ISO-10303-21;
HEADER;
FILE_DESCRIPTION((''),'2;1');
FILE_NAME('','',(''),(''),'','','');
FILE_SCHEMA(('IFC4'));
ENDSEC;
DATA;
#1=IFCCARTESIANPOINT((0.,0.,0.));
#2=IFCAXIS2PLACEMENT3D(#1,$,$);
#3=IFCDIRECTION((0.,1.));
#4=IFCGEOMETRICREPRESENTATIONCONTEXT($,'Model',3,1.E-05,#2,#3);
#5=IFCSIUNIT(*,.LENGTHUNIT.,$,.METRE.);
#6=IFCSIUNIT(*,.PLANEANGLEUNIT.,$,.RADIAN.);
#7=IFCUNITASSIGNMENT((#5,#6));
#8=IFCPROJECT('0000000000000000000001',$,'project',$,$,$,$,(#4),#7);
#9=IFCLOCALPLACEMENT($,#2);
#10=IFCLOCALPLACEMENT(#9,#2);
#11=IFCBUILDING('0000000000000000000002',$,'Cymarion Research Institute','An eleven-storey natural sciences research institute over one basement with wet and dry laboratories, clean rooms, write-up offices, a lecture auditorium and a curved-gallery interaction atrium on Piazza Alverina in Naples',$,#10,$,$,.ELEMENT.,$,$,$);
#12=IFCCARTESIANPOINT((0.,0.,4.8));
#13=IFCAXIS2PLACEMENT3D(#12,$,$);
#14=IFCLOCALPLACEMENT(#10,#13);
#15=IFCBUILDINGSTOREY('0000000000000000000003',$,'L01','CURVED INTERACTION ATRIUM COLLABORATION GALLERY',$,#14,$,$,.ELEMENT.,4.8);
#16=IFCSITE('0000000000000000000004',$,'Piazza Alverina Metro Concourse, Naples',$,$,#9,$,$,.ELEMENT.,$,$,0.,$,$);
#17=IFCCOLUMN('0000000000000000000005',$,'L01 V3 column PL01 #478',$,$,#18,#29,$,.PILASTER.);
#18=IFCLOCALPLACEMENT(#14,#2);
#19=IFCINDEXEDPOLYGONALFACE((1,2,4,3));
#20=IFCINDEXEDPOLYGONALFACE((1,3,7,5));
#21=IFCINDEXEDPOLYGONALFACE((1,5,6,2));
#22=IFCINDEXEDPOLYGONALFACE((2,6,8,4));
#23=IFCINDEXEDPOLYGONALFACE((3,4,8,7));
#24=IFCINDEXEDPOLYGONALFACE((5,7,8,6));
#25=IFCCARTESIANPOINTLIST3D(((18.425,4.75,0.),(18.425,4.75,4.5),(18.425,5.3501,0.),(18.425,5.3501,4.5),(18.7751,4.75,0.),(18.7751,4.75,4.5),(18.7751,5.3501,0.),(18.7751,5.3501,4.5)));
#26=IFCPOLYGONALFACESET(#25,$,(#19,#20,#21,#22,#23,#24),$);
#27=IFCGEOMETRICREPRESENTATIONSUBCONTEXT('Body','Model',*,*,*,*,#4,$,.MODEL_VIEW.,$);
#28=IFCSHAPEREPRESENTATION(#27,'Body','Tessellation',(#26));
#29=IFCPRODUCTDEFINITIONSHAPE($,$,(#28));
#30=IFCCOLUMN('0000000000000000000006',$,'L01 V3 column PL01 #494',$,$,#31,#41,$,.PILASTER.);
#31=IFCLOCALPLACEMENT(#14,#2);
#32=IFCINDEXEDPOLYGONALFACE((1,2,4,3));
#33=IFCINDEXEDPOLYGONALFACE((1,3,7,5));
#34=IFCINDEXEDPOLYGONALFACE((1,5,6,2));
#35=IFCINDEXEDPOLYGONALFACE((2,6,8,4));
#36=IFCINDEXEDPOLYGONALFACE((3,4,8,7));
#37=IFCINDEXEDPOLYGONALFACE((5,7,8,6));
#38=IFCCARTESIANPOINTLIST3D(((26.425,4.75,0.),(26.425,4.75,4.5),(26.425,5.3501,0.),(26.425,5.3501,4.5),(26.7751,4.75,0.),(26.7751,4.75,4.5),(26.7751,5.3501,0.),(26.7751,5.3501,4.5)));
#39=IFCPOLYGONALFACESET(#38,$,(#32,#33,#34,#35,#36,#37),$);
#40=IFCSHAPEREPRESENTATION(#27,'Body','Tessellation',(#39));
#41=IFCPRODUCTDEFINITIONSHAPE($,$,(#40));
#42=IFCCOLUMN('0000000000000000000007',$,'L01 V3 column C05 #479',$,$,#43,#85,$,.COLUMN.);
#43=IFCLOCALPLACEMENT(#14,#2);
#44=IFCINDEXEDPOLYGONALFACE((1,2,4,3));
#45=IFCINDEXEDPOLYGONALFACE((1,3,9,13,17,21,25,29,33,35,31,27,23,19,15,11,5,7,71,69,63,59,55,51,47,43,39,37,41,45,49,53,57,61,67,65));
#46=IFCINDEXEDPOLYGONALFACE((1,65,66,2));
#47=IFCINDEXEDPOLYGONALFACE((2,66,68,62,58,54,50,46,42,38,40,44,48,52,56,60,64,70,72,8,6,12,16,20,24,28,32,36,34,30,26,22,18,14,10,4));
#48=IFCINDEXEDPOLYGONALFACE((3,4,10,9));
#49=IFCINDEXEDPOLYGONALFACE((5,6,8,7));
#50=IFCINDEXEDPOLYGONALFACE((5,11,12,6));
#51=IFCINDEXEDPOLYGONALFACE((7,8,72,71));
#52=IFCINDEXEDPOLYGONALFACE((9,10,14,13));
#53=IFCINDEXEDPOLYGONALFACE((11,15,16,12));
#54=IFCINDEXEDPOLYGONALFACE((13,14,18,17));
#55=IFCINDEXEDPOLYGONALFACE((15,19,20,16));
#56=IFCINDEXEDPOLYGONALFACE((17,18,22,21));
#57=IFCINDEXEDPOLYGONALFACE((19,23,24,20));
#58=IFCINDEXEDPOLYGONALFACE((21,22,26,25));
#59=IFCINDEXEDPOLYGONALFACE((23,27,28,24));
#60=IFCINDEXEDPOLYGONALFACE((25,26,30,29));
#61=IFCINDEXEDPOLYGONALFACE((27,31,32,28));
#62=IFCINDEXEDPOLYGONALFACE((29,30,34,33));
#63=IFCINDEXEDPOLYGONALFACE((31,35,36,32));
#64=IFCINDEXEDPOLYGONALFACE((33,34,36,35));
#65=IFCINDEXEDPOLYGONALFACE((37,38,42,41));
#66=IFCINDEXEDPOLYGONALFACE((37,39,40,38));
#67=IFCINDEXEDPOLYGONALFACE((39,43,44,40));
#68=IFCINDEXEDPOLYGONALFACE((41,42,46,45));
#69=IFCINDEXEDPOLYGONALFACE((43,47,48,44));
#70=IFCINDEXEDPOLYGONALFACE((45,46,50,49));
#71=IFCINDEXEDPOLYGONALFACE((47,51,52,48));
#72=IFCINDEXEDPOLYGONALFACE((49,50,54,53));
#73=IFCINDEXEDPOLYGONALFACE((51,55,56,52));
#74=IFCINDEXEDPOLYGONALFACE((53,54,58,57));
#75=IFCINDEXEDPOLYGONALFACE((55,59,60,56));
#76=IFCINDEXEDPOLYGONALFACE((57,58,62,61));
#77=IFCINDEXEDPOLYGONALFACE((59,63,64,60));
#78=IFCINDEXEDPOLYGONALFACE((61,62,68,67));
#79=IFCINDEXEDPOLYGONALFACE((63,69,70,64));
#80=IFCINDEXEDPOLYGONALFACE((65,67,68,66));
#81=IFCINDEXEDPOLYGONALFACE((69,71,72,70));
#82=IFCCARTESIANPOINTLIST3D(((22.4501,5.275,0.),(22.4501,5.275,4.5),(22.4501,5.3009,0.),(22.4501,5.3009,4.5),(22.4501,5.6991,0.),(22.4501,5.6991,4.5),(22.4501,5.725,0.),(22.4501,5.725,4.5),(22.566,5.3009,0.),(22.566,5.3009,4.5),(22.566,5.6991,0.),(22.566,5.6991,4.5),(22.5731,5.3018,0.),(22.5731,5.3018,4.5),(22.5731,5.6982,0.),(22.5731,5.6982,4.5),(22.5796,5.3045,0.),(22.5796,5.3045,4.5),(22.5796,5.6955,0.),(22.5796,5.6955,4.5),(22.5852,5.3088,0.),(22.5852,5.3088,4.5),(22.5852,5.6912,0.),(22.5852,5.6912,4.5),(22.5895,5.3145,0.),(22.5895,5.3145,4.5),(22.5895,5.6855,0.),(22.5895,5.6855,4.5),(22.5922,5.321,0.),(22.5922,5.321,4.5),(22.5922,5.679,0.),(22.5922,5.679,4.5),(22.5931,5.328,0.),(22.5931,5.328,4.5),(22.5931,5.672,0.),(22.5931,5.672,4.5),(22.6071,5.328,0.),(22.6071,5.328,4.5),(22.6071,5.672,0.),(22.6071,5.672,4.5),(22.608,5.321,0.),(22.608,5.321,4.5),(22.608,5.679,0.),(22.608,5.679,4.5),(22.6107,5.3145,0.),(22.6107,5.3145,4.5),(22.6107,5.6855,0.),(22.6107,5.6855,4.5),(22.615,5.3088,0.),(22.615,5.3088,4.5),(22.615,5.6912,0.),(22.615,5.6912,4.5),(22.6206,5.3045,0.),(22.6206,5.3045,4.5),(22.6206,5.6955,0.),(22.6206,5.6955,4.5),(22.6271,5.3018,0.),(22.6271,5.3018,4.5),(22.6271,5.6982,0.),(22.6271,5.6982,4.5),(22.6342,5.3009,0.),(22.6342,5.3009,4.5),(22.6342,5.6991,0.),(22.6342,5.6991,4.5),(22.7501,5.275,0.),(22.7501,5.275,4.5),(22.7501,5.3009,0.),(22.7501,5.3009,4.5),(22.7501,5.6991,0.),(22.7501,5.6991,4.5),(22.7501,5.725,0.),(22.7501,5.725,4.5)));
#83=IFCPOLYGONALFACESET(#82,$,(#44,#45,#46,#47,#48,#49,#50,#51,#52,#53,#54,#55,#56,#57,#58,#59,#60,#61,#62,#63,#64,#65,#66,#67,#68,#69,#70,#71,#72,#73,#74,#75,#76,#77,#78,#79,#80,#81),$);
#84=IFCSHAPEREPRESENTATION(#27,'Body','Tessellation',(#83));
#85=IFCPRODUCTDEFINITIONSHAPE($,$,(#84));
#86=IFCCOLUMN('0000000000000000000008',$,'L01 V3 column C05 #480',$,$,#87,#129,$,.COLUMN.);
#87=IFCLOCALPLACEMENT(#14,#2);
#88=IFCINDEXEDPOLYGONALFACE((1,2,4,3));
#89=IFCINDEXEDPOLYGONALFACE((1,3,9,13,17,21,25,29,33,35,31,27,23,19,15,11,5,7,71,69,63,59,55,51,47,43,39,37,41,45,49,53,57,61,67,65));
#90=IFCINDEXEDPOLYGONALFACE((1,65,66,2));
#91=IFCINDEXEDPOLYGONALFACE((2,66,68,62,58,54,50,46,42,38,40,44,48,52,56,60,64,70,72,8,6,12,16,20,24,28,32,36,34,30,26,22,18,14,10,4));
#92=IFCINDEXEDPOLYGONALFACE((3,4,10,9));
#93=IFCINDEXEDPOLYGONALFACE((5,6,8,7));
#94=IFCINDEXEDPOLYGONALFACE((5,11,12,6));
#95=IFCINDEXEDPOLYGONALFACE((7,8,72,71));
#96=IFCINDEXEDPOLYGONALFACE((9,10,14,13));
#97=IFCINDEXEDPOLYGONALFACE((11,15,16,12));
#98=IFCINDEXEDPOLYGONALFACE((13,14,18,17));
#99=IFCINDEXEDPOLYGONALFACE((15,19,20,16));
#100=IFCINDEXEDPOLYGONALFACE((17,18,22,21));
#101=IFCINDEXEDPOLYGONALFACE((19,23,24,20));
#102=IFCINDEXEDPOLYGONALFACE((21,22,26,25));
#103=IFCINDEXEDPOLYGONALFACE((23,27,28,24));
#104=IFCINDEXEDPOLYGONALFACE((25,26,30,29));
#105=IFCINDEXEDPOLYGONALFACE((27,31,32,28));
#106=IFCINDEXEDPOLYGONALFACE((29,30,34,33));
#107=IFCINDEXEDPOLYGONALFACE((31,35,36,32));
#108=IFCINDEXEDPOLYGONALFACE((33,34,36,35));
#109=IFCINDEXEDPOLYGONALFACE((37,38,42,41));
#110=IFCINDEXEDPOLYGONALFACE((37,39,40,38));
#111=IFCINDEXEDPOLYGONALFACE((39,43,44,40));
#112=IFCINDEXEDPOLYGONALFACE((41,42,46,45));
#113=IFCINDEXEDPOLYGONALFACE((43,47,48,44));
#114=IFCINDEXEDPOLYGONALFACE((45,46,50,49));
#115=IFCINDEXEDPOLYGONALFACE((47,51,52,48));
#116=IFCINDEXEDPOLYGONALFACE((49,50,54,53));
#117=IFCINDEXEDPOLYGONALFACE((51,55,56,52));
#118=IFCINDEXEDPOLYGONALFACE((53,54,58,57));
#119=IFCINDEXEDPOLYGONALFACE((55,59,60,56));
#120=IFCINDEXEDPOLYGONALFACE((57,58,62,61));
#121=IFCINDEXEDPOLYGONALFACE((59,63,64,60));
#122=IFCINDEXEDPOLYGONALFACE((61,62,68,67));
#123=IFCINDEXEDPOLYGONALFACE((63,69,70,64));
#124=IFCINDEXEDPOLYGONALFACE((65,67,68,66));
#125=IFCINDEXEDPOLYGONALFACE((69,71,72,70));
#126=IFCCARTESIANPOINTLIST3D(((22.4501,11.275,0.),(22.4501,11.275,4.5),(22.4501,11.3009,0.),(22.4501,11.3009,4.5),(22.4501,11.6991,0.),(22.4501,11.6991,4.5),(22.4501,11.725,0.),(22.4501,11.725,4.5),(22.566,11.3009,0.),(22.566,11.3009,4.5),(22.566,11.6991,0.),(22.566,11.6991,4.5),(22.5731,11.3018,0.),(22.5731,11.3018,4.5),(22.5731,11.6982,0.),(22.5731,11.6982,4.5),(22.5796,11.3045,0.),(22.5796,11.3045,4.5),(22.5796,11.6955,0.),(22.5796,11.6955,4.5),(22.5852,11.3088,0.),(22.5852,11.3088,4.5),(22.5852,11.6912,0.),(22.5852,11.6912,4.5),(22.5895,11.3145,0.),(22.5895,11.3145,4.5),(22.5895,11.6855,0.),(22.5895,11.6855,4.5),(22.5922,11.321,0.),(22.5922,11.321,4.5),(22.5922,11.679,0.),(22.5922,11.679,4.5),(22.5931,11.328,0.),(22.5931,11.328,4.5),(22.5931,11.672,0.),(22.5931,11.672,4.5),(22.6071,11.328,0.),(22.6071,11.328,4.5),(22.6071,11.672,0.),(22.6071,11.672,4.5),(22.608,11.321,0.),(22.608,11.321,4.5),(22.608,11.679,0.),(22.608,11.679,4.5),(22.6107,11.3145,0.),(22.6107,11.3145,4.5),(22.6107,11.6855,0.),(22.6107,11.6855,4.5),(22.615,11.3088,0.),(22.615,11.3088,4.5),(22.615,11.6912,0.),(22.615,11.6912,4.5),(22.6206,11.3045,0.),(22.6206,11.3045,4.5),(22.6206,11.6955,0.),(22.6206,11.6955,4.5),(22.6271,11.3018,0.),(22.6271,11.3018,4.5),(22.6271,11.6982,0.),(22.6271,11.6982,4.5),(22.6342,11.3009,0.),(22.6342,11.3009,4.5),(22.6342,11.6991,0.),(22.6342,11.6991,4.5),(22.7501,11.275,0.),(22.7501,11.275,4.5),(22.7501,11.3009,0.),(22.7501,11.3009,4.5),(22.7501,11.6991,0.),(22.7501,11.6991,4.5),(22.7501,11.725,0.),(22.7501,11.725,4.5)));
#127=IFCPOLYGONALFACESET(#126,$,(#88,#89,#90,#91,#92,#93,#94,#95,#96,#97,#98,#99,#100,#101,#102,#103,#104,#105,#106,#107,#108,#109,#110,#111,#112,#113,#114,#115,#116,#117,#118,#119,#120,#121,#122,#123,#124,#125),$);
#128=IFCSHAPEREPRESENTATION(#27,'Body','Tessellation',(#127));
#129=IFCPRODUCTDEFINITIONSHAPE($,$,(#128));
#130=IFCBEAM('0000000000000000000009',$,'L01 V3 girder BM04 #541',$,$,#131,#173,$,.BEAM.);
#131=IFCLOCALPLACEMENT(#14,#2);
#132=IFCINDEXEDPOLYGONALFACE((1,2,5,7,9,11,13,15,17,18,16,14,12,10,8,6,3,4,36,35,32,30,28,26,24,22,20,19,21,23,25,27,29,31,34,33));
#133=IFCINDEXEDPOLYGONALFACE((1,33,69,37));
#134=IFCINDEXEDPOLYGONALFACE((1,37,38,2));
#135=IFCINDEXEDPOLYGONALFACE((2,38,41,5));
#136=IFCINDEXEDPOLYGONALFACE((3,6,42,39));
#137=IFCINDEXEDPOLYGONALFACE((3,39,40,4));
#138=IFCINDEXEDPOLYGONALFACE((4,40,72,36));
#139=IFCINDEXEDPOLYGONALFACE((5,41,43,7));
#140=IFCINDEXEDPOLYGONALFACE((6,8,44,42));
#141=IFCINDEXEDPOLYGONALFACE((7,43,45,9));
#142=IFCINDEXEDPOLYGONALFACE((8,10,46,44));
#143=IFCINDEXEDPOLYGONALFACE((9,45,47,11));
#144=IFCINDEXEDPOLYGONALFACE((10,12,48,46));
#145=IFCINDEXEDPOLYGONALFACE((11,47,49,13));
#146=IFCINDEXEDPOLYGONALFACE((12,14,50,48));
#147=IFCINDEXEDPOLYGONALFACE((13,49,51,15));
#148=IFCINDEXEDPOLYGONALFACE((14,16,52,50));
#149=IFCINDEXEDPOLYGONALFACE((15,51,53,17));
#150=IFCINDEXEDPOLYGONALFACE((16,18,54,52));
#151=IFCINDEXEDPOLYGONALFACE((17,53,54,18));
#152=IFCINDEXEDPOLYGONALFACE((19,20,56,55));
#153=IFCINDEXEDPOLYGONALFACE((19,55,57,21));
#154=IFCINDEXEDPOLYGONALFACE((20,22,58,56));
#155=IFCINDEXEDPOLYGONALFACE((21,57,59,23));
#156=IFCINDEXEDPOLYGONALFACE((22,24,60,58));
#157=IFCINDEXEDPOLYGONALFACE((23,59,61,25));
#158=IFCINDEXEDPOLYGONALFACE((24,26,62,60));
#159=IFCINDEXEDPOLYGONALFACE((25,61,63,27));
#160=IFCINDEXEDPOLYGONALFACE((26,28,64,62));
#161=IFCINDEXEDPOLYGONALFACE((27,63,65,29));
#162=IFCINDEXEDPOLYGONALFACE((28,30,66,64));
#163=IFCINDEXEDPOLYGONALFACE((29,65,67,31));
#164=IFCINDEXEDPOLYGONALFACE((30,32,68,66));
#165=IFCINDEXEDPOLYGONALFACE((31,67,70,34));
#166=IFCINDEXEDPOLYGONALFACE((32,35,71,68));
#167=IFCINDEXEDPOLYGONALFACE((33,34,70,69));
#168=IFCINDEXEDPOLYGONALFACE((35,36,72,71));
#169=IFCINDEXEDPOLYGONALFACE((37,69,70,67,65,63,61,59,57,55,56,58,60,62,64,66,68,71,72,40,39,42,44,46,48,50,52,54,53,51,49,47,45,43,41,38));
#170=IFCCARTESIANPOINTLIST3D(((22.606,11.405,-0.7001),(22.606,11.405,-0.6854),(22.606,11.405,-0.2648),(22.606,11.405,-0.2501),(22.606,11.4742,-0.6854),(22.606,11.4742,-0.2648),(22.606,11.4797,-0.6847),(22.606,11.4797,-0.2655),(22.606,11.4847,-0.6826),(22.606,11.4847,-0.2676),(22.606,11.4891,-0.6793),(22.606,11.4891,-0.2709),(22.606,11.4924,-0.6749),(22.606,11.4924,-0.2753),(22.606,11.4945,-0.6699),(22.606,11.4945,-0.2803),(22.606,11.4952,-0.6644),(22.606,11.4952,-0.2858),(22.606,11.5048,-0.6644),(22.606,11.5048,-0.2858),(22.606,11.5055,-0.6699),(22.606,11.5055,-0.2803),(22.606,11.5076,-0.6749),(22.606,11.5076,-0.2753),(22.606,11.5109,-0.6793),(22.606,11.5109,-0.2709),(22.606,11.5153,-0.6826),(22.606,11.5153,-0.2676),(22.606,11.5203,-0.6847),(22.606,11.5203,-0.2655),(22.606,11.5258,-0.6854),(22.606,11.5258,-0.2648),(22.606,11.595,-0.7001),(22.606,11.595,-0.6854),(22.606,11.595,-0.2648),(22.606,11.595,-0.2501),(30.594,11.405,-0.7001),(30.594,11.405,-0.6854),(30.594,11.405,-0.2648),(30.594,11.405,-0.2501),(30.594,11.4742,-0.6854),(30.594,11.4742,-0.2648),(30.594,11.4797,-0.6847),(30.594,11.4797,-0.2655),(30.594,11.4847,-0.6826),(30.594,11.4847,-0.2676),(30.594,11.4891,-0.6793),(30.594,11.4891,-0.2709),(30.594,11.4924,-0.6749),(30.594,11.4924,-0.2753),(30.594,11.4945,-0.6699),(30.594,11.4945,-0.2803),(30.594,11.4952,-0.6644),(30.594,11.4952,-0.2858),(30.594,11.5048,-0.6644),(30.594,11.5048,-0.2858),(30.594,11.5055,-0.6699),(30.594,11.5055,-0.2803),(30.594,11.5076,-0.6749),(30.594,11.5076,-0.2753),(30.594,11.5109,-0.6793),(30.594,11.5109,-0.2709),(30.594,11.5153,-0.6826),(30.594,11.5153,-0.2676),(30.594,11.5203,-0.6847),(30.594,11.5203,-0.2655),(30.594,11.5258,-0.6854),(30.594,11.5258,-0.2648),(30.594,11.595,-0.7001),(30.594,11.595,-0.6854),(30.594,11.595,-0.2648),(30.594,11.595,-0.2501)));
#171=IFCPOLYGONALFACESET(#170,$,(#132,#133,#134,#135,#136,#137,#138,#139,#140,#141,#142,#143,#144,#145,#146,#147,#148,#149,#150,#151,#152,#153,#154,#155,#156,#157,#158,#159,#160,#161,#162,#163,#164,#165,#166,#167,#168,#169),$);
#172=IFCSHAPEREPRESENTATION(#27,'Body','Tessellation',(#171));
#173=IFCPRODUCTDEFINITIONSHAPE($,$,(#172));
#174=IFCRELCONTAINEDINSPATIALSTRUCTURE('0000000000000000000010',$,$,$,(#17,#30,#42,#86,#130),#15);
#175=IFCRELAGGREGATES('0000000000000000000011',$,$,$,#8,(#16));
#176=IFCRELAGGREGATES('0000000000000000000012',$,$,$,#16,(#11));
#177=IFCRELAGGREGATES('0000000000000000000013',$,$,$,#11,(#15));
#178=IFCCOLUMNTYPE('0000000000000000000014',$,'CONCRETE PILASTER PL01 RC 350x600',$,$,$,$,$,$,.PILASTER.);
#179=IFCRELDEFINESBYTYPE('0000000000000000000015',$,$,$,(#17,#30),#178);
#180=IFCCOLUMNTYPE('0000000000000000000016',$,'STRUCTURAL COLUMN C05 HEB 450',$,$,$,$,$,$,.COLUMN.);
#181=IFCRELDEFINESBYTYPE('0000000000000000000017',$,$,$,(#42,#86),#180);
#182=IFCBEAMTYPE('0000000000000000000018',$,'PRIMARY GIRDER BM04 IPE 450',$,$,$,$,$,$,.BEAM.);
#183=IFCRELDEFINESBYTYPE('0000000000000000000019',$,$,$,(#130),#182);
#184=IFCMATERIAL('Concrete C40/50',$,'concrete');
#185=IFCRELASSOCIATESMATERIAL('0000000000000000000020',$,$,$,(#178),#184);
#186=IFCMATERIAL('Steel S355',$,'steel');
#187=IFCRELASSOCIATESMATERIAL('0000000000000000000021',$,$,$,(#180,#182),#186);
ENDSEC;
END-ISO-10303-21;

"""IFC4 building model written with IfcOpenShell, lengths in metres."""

from ifc_helpers import new_model, si_unit, direction, frame, origin, origin_2d, place, context, subcontext, project, spatial, rectangle, i_section, extrude, material, material_profile, profile_set, type_object, element, save


model = new_model("IFC4")

# Units and contexts
model_context = context("Model", 3, precision=1e-05, world=origin(), true_north=direction((0.0, 1.0)))
body_context = subcontext(model_context, "Body", "Model", "MODEL_VIEW")
ifc_project = project(units=[si_unit("LENGTHUNIT", "METRE"), si_unit("PLANEANGLEUNIT", "RADIAN")], contexts=[model_context])

# Site, building, storey
site_placement = place(None, origin())
site = spatial("IfcSite", under=ifc_project, at=site_placement, Name="Piazza Alverina Metro Concourse, Naples", CompositionType="ELEMENT", RefElevation=0.0)
building_placement = place(site_placement, origin())
building = spatial("IfcBuilding", under=site, at=building_placement, Name="Cymarion Research Institute", Description="An eleven-storey natural sciences research institute over one basement with wet and dry laboratories, clean rooms, write-up offices, a lecture auditorium and a curved-gallery interaction atrium on Piazza Alverina in Naples", CompositionType="ELEMENT")
storey_placement = place(building_placement, frame((0.0, 0.0, 4.8)))
storey = spatial("IfcBuildingStorey", under=building, at=storey_placement, Name="L01", Description="CURVED INTERACTION ATRIUM COLLABORATION GALLERY", CompositionType="ELEMENT", Elevation=4.8)

# Columns
ifc_material_1 = material(Name="Concrete C40/50", Category="concrete")
ifc_material_profile_1 = material_profile(ifc_material_1, rectangle(XDim=0.3501, YDim=0.6001, at=origin_2d()), Name="RC 350x600")
ifc_profile_set_1 = profile_set([ifc_material_profile_1], Name="Concrete C40/50")
column_type_1 = type_object("IfcColumnType", Name="CONCRETE PILASTER PL01 RC 350x600", PredefinedType="PILASTER", material=ifc_profile_set_1)
for number, where, z_axis, x_axis, name in (
    (1, (18.6001, 5.05, 0.0), (0.0, 0.0, 1.0), (1.0, 0.0, 0.0), "L01 V3 column PL01 #478"),
    (2, (26.6001, 5.05, 0.0), (0.0, 0.0, 1.0), (1.0, 0.0, 0.0), "L01 V3 column PL01 #494"),
):
    element("IfcColumn", number, at=place(storey_placement, frame(where, z_axis=z_axis, x_axis=x_axis)), inside=storey, type_object=column_type_1, Name=name, PredefinedType="PILASTER", context=body_context, shape_type="SweptSolid", body=[
        extrude(rectangle(XDim=0.3501, YDim=0.6001, at=origin_2d()), origin(), (0.0, 0.0, 1.0), 4.5),
    ])
ifc_material_2 = material(Name="Steel S355", Category="steel")
ifc_material_profile_2 = material_profile(ifc_material_2, i_section(OverallWidth=0.3, OverallDepth=0.45, WebThickness=0.0139, FlangeThickness=0.0259, FilletRadius=0.0271, at=origin_2d()), Name="HEB 450")
ifc_profile_set_2 = profile_set([ifc_material_profile_2], Name="Steel S355")
column_type_2 = type_object("IfcColumnType", Name="STRUCTURAL COLUMN C05 HEB 450", PredefinedType="COLUMN", material=ifc_profile_set_2)
for number, where, z_axis, x_axis, name in (
    (3, (22.6001, 5.5, 0.0), (0.0, 0.0, 1.0), (1.0, 0.0, 0.0), "L01 V3 column C05 #479"),
    (4, (22.6001, 11.5, 0.0), (0.0, 0.0, 1.0), (1.0, 0.0, 0.0), "L01 V3 column C05 #480"),
):
    element("IfcColumn", number, at=place(storey_placement, frame(where, z_axis=z_axis, x_axis=x_axis)), inside=storey, type_object=column_type_2, Name=name, PredefinedType="COLUMN", context=body_context, shape_type="SweptSolid", body=[
        extrude(i_section(OverallWidth=0.3, OverallDepth=0.45, WebThickness=0.0139, FlangeThickness=0.0259, FilletRadius=0.0271, at=origin_2d()), origin(), (0.0, 0.0, 1.0), 4.5),
    ])

# Beam
ifc_material_profile_3 = material_profile(ifc_material_2, i_section(OverallWidth=0.1899, OverallDepth=0.45, WebThickness=0.0095, FlangeThickness=0.0146, FilletRadius=0.021, at=origin_2d()), Name="IPE 450")
ifc_profile_set_3 = profile_set([ifc_material_profile_3], Name="Steel S355")
beam_type_1 = type_object("IfcBeamType", Name="PRIMARY GIRDER BM04 IPE 450", PredefinedType="BEAM", material=ifc_profile_set_3)
beam_1_placement = place(storey_placement, frame((22.606, 11.5, -0.4751), z_axis=(1.0, 0.0, 0.0), x_axis=(0.0, 1.0, 0.0)))
element("IfcBeam", 5, at=beam_1_placement, inside=storey, type_object=beam_type_1, Name="L01 V3 girder BM04 #541", PredefinedType="BEAM", context=body_context, shape_type="SweptSolid", body=[
    extrude(i_section(OverallWidth=0.1899, OverallDepth=0.45, WebThickness=0.0095, FlangeThickness=0.0146, FilletRadius=0.021, at=origin_2d()), origin(), (0.0, 0.0, 1.0), 7.988),
])

save(model, "model.ifc")
